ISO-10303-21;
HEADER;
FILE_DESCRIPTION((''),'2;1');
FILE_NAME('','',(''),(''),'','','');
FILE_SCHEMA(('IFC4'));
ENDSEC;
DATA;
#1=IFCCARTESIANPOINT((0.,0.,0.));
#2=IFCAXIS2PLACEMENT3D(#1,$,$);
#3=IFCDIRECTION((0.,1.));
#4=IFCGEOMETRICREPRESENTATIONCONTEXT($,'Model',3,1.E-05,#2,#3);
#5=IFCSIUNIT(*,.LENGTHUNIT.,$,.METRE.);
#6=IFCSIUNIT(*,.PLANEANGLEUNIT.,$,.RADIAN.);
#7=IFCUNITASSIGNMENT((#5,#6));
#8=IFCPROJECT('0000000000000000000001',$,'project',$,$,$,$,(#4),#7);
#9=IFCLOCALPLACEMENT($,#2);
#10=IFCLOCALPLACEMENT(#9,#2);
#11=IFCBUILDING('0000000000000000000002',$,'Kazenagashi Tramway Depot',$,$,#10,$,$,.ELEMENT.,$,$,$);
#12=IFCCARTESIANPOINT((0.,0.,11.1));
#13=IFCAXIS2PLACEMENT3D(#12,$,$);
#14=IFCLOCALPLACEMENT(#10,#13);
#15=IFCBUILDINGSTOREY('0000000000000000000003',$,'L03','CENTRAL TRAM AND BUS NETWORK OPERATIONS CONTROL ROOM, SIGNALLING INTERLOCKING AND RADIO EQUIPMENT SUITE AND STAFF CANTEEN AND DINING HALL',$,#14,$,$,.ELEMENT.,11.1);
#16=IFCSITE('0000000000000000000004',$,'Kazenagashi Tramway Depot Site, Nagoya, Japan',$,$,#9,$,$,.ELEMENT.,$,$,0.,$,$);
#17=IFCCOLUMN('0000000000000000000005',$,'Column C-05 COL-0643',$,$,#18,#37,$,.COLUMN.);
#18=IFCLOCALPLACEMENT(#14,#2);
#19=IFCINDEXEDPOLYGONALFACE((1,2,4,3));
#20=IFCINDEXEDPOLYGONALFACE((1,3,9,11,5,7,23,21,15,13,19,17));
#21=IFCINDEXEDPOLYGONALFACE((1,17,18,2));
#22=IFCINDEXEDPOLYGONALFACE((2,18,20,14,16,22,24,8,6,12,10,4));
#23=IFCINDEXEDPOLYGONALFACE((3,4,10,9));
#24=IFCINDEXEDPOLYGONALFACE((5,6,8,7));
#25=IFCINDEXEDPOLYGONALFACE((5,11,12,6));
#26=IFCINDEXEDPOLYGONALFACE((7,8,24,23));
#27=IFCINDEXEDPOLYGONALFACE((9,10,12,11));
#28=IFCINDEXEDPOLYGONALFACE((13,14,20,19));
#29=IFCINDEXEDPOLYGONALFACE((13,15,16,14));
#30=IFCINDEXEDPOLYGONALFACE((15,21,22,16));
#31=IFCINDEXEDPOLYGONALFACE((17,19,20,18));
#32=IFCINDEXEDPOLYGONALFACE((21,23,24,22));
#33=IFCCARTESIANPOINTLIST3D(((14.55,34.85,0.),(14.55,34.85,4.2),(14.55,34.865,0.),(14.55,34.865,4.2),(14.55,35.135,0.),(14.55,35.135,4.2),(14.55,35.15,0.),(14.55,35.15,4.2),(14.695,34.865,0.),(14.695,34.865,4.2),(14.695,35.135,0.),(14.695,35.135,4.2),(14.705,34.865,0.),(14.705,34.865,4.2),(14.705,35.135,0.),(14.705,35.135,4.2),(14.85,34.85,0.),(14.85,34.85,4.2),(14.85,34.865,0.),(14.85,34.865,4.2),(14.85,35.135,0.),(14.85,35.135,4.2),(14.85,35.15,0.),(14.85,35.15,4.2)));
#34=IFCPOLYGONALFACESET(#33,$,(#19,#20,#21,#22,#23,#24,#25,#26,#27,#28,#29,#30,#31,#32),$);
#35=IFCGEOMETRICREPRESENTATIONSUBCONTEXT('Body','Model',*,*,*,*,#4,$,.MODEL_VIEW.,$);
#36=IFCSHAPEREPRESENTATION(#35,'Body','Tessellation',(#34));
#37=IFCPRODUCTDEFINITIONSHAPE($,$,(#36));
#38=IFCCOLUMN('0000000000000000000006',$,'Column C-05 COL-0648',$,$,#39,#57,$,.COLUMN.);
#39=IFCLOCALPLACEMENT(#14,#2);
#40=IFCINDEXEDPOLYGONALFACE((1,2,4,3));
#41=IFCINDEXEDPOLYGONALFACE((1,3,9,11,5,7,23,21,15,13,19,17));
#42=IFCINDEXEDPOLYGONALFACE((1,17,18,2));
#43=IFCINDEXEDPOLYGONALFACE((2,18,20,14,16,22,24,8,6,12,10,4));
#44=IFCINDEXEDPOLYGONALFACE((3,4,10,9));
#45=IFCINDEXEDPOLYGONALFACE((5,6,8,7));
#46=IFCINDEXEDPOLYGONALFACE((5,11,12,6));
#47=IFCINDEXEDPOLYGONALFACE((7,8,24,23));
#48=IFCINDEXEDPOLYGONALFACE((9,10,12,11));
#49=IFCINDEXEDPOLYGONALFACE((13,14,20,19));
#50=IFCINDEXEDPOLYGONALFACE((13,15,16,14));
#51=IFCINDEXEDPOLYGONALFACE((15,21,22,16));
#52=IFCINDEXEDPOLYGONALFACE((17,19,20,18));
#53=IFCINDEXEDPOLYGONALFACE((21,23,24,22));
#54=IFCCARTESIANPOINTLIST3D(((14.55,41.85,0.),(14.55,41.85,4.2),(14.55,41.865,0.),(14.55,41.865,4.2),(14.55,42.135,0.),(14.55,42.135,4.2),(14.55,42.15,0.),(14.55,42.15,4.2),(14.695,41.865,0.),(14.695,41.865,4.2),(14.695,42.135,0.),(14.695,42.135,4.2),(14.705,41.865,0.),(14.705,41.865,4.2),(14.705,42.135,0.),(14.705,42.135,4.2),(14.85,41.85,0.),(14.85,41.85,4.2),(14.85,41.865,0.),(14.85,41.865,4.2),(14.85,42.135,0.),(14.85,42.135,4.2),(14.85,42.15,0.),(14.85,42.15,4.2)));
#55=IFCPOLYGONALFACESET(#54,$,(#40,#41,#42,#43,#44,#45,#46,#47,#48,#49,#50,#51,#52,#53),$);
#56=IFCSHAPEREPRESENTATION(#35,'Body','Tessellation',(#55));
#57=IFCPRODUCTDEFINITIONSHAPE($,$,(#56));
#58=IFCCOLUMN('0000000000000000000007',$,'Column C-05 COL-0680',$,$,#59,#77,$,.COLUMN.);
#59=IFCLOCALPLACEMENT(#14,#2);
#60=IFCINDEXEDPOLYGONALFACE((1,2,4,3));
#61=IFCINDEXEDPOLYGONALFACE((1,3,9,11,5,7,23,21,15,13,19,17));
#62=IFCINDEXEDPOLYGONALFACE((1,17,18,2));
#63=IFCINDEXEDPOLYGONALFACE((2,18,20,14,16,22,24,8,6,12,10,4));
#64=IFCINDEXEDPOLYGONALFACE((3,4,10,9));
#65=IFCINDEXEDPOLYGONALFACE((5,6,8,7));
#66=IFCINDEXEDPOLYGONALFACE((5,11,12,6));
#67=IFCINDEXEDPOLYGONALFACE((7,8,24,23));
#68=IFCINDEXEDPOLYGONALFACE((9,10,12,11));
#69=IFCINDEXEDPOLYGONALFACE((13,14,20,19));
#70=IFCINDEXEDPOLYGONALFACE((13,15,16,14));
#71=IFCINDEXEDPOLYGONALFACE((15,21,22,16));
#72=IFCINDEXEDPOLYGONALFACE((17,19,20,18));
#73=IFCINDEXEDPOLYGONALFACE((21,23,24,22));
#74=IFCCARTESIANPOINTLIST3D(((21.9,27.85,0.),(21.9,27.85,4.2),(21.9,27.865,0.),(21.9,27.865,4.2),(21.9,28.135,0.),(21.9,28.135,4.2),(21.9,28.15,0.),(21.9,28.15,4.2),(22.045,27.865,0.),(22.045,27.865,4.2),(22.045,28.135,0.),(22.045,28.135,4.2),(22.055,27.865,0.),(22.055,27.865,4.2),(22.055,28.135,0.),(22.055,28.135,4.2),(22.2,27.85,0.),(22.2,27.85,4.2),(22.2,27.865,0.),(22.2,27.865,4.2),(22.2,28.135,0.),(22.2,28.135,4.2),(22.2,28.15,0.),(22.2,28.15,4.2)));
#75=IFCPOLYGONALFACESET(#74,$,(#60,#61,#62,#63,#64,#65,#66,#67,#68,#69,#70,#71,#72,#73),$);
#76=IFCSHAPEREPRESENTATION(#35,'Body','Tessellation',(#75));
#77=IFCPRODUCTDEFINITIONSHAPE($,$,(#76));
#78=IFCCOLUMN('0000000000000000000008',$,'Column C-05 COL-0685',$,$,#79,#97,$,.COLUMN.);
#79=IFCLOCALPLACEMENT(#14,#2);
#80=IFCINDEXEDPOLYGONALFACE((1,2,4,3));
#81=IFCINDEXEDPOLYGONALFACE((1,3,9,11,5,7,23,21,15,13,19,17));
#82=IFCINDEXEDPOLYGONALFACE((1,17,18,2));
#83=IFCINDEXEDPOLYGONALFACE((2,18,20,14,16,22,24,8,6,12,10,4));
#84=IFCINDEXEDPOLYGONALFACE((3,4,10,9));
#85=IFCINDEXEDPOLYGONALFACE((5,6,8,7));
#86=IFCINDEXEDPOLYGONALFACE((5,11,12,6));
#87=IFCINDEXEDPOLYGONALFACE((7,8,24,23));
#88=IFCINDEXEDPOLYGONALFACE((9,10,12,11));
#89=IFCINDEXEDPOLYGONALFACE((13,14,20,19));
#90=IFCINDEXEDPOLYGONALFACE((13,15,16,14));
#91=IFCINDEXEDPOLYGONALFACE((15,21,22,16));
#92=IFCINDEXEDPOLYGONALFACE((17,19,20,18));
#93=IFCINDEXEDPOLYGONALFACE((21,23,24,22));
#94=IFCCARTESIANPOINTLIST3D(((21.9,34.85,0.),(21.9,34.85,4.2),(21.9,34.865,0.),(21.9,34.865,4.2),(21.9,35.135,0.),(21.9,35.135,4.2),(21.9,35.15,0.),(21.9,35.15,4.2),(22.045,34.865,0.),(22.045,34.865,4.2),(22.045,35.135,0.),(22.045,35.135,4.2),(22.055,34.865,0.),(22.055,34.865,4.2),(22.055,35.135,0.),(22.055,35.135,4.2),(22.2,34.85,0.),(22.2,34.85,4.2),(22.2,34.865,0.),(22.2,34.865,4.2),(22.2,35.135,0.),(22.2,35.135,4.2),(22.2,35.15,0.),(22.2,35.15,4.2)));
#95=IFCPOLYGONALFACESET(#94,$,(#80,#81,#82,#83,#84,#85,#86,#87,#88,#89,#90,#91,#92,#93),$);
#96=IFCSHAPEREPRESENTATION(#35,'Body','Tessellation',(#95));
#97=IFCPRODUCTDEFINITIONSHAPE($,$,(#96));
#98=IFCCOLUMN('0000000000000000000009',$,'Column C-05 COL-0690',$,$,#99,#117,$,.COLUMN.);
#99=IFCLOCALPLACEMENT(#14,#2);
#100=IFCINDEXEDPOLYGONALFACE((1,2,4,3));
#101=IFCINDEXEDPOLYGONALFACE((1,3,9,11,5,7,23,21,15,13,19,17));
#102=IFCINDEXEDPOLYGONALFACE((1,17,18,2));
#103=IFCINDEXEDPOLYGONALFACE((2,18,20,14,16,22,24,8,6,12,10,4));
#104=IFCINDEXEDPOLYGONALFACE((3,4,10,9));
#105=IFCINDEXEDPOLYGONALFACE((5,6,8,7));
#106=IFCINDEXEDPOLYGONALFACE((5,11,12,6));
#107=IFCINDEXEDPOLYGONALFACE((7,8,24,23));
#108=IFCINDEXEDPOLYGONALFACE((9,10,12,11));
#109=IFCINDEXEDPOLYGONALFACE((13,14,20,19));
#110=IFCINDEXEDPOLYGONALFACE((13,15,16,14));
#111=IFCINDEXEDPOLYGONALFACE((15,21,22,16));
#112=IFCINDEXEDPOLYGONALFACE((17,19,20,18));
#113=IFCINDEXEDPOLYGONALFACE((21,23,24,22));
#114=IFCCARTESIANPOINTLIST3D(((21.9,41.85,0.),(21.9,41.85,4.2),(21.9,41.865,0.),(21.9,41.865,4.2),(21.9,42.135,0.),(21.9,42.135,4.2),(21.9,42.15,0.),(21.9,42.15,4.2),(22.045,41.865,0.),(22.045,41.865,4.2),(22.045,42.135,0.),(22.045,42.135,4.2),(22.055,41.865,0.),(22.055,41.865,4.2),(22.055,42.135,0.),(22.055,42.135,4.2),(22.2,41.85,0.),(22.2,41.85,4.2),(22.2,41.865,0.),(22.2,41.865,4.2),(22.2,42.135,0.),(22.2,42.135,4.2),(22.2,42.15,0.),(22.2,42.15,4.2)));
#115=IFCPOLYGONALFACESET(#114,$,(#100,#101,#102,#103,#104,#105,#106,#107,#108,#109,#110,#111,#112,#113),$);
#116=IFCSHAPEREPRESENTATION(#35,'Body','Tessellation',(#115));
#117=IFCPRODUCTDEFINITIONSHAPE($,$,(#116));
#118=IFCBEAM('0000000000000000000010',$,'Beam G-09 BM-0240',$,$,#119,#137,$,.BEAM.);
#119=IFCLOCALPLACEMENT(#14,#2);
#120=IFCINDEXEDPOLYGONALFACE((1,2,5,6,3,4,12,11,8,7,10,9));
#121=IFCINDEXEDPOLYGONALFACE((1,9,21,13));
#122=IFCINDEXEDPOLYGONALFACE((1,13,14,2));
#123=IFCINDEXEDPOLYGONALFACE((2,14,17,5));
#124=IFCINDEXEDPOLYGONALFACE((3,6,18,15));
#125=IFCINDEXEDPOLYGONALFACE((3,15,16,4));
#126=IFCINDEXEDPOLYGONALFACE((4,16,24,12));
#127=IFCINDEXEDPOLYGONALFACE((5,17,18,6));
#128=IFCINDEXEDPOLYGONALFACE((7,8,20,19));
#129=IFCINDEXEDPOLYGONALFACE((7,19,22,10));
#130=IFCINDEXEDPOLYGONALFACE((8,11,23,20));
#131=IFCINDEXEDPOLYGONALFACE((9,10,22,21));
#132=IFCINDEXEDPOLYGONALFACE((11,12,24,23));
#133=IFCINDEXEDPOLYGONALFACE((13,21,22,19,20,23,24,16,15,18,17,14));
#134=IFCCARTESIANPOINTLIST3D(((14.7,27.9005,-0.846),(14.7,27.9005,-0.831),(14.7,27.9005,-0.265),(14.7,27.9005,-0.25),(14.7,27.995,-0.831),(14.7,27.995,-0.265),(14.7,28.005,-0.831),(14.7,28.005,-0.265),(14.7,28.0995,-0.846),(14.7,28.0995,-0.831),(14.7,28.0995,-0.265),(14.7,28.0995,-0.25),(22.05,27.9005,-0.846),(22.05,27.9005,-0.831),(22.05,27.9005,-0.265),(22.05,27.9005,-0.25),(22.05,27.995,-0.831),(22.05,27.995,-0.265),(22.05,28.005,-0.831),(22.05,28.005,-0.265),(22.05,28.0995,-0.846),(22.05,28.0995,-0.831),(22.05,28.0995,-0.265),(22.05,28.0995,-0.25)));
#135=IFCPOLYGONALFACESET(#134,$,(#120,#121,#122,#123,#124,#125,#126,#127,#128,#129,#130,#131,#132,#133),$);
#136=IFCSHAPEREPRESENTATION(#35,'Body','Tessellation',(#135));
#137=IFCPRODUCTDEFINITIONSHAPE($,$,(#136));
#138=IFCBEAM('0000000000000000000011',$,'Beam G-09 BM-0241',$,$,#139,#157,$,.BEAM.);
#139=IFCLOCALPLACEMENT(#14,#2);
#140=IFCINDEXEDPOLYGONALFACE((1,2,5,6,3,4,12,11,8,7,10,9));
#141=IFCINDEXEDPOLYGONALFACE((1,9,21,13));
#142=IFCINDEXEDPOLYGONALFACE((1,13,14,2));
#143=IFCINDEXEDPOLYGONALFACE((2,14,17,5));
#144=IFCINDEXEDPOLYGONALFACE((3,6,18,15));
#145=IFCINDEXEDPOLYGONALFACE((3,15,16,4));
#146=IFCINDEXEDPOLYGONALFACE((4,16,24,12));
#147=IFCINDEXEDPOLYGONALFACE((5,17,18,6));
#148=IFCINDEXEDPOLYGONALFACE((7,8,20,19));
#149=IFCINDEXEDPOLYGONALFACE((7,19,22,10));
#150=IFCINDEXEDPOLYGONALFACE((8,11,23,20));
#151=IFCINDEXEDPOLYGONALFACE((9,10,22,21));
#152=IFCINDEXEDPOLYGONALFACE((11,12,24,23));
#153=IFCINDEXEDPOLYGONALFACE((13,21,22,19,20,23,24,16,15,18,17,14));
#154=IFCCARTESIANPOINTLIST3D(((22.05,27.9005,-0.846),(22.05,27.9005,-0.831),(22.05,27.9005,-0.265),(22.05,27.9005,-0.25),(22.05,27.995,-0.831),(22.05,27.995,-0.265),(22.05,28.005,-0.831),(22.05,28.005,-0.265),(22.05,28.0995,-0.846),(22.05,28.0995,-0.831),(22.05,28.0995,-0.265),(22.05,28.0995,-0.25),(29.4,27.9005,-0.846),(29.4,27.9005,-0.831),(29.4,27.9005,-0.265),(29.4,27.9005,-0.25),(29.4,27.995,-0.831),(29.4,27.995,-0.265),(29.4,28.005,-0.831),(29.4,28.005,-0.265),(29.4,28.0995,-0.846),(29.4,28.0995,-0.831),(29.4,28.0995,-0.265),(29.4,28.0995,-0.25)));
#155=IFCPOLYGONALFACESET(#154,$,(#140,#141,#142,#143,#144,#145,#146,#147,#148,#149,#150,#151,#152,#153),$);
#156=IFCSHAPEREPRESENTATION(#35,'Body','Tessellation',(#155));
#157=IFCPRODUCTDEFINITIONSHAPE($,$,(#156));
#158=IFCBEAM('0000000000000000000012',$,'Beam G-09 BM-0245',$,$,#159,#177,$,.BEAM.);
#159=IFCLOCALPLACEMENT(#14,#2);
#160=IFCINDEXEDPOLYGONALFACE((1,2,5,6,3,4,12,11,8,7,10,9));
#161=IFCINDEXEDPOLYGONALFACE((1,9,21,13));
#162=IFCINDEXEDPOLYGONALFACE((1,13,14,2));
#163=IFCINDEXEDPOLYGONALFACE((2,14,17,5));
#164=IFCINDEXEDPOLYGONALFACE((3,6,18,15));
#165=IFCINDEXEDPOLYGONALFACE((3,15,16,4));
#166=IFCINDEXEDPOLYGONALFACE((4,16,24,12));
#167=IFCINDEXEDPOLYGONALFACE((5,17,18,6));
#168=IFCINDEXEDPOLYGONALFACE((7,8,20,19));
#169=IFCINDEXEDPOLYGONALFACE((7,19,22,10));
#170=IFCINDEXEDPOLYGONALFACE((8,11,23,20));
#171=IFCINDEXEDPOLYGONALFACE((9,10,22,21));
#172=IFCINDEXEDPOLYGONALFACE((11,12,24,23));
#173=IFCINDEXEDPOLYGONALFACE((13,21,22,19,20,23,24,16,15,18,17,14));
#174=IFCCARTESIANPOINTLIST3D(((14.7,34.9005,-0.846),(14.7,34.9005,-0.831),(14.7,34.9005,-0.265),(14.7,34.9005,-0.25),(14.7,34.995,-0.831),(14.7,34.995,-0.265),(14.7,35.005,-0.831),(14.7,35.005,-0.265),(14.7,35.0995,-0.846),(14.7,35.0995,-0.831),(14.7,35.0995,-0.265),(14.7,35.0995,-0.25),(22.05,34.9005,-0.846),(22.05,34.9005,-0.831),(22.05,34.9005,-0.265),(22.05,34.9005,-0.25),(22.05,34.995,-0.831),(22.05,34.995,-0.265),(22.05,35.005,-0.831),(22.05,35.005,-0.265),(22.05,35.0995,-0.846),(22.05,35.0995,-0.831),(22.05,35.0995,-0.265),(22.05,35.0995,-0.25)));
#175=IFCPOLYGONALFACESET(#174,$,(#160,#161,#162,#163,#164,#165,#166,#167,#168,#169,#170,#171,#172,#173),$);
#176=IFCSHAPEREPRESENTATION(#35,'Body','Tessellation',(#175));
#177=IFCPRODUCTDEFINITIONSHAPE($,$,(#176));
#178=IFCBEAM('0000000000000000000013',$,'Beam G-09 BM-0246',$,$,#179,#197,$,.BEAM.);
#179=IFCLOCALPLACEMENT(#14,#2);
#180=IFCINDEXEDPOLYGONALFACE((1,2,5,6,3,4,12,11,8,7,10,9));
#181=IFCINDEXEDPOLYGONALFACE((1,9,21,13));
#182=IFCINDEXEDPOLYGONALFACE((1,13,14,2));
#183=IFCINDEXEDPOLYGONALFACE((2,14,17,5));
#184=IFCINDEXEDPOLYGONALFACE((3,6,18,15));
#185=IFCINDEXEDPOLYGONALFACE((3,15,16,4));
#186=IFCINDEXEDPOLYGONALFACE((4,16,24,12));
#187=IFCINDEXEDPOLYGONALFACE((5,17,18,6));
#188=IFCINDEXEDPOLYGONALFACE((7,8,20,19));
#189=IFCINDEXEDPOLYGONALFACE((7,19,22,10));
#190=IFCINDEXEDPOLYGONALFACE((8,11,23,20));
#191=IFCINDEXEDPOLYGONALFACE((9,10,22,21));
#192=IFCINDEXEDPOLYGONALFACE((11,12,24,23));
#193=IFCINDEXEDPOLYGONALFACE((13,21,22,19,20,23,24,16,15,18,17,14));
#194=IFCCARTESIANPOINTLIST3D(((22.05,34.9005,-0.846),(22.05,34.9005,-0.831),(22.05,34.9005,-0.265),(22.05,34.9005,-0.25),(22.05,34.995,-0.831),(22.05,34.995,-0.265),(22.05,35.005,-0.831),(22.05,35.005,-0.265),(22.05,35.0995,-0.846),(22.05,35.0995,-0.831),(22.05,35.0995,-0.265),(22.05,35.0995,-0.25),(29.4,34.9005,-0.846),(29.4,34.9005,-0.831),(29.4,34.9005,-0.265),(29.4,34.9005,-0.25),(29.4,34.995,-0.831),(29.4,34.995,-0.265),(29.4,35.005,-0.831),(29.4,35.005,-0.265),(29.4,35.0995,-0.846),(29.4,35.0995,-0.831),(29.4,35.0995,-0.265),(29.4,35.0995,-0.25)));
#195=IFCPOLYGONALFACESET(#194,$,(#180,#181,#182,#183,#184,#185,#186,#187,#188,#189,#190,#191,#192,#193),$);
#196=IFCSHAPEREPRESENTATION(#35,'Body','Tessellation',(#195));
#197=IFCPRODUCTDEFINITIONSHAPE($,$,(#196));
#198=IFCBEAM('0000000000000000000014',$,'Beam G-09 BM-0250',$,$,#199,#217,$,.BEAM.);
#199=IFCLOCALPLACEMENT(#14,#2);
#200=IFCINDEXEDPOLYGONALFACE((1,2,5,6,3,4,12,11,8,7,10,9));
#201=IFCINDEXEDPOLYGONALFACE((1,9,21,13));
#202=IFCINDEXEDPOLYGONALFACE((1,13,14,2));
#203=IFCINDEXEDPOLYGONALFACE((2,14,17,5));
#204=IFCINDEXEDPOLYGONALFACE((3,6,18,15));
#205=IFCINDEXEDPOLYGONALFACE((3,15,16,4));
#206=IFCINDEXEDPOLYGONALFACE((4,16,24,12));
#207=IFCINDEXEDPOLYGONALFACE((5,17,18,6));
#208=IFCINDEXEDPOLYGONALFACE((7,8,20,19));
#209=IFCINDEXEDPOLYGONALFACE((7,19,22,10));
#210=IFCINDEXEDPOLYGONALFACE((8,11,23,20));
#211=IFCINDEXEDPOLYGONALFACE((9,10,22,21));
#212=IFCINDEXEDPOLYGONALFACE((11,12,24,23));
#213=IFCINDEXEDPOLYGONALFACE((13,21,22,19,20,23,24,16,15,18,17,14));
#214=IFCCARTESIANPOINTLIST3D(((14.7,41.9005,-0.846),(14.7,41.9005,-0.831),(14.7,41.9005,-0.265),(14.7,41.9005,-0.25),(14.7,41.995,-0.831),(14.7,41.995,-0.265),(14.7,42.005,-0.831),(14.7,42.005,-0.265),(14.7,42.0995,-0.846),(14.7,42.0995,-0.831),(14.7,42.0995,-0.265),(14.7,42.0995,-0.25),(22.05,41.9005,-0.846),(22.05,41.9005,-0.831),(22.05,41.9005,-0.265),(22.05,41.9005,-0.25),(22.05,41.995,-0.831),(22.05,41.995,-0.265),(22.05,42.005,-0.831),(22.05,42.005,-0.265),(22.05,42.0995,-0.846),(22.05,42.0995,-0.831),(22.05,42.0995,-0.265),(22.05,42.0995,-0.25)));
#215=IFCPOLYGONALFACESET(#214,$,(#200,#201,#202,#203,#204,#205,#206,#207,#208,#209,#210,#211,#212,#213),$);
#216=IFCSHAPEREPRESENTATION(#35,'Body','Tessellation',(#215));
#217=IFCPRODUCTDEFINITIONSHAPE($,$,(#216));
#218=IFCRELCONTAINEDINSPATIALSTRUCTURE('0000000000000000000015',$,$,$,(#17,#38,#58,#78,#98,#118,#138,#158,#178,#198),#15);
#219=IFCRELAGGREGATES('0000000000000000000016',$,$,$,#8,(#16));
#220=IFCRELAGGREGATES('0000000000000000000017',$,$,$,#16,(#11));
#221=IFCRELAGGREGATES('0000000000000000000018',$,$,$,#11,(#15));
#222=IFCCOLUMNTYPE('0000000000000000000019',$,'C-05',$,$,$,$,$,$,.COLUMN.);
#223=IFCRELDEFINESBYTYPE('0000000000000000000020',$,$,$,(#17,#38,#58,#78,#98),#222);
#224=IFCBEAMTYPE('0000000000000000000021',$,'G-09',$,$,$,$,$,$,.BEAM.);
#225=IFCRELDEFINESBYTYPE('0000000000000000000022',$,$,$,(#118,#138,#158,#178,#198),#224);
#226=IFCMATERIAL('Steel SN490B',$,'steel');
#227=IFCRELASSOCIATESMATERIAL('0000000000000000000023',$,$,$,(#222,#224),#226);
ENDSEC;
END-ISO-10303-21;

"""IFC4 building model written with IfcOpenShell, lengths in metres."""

from ifc_helpers import new_model, si_unit, direction, frame, origin, origin_2d, place, context, subcontext, project, spatial, i_section, extrude, material, material_profile, profile_set, type_object, element, save


model = new_model("IFC4")

# Units and contexts
model_context = context("Model", 3, precision=1e-05, world=origin(), true_north=direction((0.0, 1.0)))
body_context = subcontext(model_context, "Body", "Model", "MODEL_VIEW")
ifc_project = project(units=[si_unit("LENGTHUNIT", "METRE"), si_unit("PLANEANGLEUNIT", "RADIAN")], contexts=[model_context])

# Site, building, storey
site_placement = place(None, origin())
site = spatial("IfcSite", under=ifc_project, at=site_placement, Name="Kazenagashi Tramway Depot Site, Nagoya, Japan", CompositionType="ELEMENT", RefElevation=0.0)
building_placement = place(site_placement, origin())
building = spatial("IfcBuilding", under=site, at=building_placement, Name="Kazenagashi Tramway Depot", CompositionType="ELEMENT")
storey_placement = place(building_placement, frame((0.0, 0.0, 11.1)))
storey = spatial("IfcBuildingStorey", under=building, at=storey_placement, Name="L03", Description="CENTRAL TRAM AND BUS NETWORK OPERATIONS CONTROL ROOM, SIGNALLING INTERLOCKING AND RADIO EQUIPMENT SUITE AND STAFF CANTEEN AND DINING HALL", CompositionType="ELEMENT", Elevation=11.1)

# Columns
ifc_material_1 = material(Name="Steel SN490B", Category="steel")
ifc_material_profile_1 = material_profile(ifc_material_1, i_section(OverallWidth=0.3, OverallDepth=0.3, WebThickness=0.01, FlangeThickness=0.015, at=origin_2d()), Name="H-300x300x10x15")
ifc_profile_set_1 = profile_set([ifc_material_profile_1], Name="Steel SN490B")
column_type = type_object("IfcColumnType", Name="C-05", PredefinedType="COLUMN", material=ifc_profile_set_1)
for number, where, z_axis, x_axis, name in (
    (1, (14.7, 35.0, 0.0), (0.0, 0.0, 1.0), (1.0, 0.0, 0.0), "Column C-05 COL-0643"),
    (2, (14.7, 42.0, 0.0), (0.0, 0.0, 1.0), (1.0, 0.0, 0.0), "Column C-05 COL-0648"),
    (3, (22.05, 28.0, 0.0), (0.0, 0.0, 1.0), (1.0, 0.0, 0.0), "Column C-05 COL-0680"),
    (4, (22.05, 35.0, 0.0), (0.0, 0.0, 1.0), (1.0, 0.0, 0.0), "Column C-05 COL-0685"),
    (5, (22.05, 42.0, 0.0), (0.0, 0.0, 1.0), (1.0, 0.0, 0.0), "Column C-05 COL-0690"),
):
    element("IfcColumn", number, at=place(storey_placement, frame(where, z_axis=z_axis, x_axis=x_axis)), inside=storey, type_object=column_type, Name=name, PredefinedType="COLUMN", context=body_context, shape_type="SweptSolid", body=[
        extrude(i_section(OverallWidth=0.3, OverallDepth=0.3, WebThickness=0.01, FlangeThickness=0.015, at=origin_2d()), origin(), (0.0, 0.0, 1.0), 4.2),
    ])

# Beams
ifc_material_profile_2 = material_profile(ifc_material_1, i_section(OverallWidth=0.199, OverallDepth=0.596, WebThickness=0.01, FlangeThickness=0.015, at=origin_2d()), Name="H-596x199x10x15")
ifc_profile_set_2 = profile_set([ifc_material_profile_2], Name="Steel SN490B")
beam_type_1 = type_object("IfcBeamType", Name="G-09", PredefinedType="BEAM", material=ifc_profile_set_2)
for number, where, z_axis, x_axis, name in (
    (6, (14.7, 28.0, -0.548), (1.0, 0.0, 0.0), (0.0, 1.0, 0.0), "Beam G-09 BM-0240"),
    (7, (22.05, 28.0, -0.548), (1.0, 0.0, 0.0), (0.0, 1.0, 0.0), "Beam G-09 BM-0241"),
    (8, (14.7, 35.0, -0.548), (1.0, 0.0, 0.0), (0.0, 1.0, 0.0), "Beam G-09 BM-0245"),
    (9, (22.05, 35.0, -0.548), (1.0, 0.0, 0.0), (0.0, 1.0, 0.0), "Beam G-09 BM-0246"),
    (10, (14.7, 42.0, -0.548), (1.0, 0.0, 0.0), (0.0, 1.0, 0.0), "Beam G-09 BM-0250"),
):
    element("IfcBeam", number, at=place(storey_placement, frame(where, z_axis=z_axis, x_axis=x_axis)), inside=storey, type_object=beam_type_1, Name=name, PredefinedType="BEAM", context=body_context, shape_type="SweptSolid", body=[
        extrude(i_section(OverallWidth=0.199, OverallDepth=0.596, WebThickness=0.01, FlangeThickness=0.015, at=origin_2d()), origin(), (0.0, 0.0, 1.0), 7.35),
    ])

save(model, "model.ifc")
